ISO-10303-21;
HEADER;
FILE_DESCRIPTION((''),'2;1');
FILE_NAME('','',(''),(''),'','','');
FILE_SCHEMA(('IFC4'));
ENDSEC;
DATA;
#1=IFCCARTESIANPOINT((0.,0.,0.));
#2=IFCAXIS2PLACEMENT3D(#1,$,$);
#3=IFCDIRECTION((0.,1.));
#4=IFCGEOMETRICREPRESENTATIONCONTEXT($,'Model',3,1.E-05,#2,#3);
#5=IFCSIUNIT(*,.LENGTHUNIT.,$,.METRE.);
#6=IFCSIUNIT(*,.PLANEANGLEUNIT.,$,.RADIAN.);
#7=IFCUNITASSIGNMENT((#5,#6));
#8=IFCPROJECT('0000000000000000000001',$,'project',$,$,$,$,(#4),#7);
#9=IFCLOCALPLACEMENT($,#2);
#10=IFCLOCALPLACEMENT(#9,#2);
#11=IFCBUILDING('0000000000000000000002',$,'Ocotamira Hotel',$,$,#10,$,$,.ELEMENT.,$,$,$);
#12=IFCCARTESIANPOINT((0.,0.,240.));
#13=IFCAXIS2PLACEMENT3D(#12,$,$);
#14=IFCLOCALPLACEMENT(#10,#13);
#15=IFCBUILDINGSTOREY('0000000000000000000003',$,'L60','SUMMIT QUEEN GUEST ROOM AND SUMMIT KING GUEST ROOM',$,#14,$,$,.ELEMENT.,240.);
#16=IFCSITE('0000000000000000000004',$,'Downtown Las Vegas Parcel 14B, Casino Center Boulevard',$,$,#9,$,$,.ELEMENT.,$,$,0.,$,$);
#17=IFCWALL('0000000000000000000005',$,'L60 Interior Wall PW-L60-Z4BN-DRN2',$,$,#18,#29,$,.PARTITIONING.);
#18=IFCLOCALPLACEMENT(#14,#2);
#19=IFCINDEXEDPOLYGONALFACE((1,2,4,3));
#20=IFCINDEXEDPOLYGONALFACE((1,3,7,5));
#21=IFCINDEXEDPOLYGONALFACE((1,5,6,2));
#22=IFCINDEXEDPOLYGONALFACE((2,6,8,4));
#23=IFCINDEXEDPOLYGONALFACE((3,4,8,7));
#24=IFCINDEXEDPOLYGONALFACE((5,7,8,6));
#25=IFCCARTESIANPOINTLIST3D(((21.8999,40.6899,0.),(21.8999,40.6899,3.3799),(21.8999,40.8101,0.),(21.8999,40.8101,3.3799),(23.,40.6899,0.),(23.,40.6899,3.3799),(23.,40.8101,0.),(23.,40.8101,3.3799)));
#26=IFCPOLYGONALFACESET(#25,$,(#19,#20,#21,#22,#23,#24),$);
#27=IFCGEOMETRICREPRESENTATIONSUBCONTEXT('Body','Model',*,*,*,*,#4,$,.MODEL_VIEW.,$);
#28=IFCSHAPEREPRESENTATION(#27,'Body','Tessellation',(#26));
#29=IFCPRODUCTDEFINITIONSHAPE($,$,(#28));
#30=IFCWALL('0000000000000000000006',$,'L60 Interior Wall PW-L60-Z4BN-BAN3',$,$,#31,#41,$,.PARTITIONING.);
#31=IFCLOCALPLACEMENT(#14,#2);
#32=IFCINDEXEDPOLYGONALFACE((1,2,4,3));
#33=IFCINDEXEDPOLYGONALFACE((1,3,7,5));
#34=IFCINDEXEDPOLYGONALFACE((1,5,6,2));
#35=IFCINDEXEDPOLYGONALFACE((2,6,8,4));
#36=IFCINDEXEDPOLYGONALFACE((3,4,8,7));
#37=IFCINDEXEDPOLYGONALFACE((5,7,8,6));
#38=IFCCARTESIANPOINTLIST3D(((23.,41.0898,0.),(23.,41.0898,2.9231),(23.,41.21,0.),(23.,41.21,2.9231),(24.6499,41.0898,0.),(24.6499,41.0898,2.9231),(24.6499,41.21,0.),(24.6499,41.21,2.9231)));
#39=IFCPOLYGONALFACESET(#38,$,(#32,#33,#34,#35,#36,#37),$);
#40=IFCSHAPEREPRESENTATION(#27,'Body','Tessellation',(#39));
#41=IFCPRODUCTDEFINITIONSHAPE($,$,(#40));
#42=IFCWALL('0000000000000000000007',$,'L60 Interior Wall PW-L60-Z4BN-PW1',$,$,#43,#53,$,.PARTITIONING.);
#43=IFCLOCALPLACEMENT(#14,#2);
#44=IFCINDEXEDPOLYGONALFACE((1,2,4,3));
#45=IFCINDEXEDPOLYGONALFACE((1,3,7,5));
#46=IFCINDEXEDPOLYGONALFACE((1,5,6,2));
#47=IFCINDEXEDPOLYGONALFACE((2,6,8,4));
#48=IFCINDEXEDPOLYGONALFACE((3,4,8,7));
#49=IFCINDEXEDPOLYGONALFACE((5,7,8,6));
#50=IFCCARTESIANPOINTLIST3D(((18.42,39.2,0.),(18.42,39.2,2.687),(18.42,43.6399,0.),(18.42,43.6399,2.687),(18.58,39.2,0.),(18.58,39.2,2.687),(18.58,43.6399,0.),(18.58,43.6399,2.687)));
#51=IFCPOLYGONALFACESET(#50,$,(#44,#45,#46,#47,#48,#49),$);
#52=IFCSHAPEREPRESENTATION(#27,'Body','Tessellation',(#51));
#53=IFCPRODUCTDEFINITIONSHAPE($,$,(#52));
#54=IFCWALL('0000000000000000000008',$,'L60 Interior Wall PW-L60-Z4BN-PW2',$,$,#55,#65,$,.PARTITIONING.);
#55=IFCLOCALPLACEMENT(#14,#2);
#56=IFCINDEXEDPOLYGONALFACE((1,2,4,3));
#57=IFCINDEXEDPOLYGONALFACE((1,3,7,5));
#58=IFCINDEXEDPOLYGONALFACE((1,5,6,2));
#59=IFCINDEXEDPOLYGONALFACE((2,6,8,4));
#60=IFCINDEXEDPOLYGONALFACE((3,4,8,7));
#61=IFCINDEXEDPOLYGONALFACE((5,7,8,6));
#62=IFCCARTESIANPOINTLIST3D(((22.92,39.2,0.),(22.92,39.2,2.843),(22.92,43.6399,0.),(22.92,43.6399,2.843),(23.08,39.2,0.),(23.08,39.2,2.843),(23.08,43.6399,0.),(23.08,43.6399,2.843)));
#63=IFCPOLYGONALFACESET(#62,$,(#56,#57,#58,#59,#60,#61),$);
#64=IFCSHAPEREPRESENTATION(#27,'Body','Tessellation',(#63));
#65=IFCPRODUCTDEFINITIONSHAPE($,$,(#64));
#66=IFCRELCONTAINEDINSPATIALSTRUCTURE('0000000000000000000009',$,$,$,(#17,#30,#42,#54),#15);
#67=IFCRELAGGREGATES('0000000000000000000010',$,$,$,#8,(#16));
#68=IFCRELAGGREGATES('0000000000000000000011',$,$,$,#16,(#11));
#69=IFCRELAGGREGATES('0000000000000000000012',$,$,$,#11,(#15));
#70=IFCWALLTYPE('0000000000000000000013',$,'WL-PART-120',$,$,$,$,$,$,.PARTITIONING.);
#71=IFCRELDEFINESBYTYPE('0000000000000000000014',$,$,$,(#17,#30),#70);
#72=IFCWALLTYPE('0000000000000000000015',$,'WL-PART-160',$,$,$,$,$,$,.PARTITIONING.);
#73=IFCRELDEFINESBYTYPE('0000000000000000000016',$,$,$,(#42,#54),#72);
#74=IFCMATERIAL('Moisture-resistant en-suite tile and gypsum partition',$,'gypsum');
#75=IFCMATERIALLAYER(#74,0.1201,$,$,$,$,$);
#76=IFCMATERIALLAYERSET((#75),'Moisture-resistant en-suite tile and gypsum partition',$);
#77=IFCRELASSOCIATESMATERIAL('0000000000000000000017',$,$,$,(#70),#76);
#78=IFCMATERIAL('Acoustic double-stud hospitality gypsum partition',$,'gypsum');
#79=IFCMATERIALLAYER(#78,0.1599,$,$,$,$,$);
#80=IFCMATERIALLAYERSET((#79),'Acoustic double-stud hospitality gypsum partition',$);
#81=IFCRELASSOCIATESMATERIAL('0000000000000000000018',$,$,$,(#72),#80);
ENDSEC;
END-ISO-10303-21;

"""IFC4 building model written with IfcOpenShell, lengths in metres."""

from ifc_helpers import new_model, si_unit, direction, frame, frame_2d, origin, place, context, subcontext, project, spatial, rectangle, extrude, material, layer, layer_set, type_object, element, save


model = new_model("IFC4")

# Units and contexts
model_context = context("Model", 3, precision=1e-05, world=origin(), true_north=direction((0.0, 1.0)))
body_context = subcontext(model_context, "Body", "Model", "MODEL_VIEW")
ifc_project = project(units=[si_unit("LENGTHUNIT", "METRE"), si_unit("PLANEANGLEUNIT", "RADIAN")], contexts=[model_context])

# Site, building, storey
site_placement = place(None, origin())
site = spatial("IfcSite", under=ifc_project, at=site_placement, Name="Downtown Las Vegas Parcel 14B, Casino Center Boulevard", CompositionType="ELEMENT", RefElevation=0.0)
building_placement = place(site_placement, origin())
building = spatial("IfcBuilding", under=site, at=building_placement, Name="Ocotamira Hotel", CompositionType="ELEMENT")
storey_placement = place(building_placement, frame((0.0, 0.0, 240.0)))
storey = spatial("IfcBuildingStorey", under=building, at=storey_placement, Name="L60", Description="SUMMIT QUEEN GUEST ROOM AND SUMMIT KING GUEST ROOM", CompositionType="ELEMENT", Elevation=240.0)

# Shared definitions
ifc_material_1 = material(Name="Moisture-resistant en-suite tile and gypsum partition", Category="gypsum")
ifc_layer_1 = layer(ifc_material_1, 0.1201)
ifc_layer_set_1 = layer_set([ifc_layer_1], Name="Moisture-resistant en-suite tile and gypsum partition")
wall_type_1 = type_object("IfcWallType", Name="WL-PART-120", PredefinedType="PARTITIONING", material=ifc_layer_set_1)

# Walls
wall_1_placement = place(storey_placement, frame((21.8999, 40.75, 0.0), z_axis=(0.0, 0.0, 1.0), x_axis=(1.0, 0.0, 0.0)))
element("IfcWall", 1, at=wall_1_placement, inside=storey, type_object=wall_type_1, Name="L60 Interior Wall PW-L60-Z4BN-DRN2", PredefinedType="PARTITIONING", context=body_context, shape_type="SweptSolid", body=[
    extrude(rectangle(XDim=1.1001, YDim=0.1201, at=frame_2d((0.55, 0.0))), origin(), (0.0, 0.0, 1.0), 3.3799),
])
wall_2_placement = place(storey_placement, frame((23.0, 41.1499, 0.0), z_axis=(0.0, 0.0, 1.0), x_axis=(1.0, 0.0, 0.0)))
element("IfcWall", 2, at=wall_2_placement, inside=storey, type_object=wall_type_1, Name="L60 Interior Wall PW-L60-Z4BN-BAN3", PredefinedType="PARTITIONING", context=body_context, shape_type="SweptSolid", body=[
    extrude(rectangle(XDim=1.6499, YDim=0.1201, at=frame_2d((0.825, 0.0))), origin(), (0.0, 0.0, 1.0), 2.9231),
])
ifc_material_2 = material(Name="Acoustic double-stud hospitality gypsum partition", Category="gypsum")
ifc_layer_2 = layer(ifc_material_2, 0.1599)
ifc_layer_set_2 = layer_set([ifc_layer_2], Name="Acoustic double-stud hospitality gypsum partition")
wall_type_2 = type_object("IfcWallType", Name="WL-PART-160", PredefinedType="PARTITIONING", material=ifc_layer_set_2)
wall_3_placement = place(storey_placement, frame((18.5, 39.2, 0.0), z_axis=(0.0, 0.0, 1.0), x_axis=(0.0, 1.0, 0.0)))
element("IfcWall", 3, at=wall_3_placement, inside=storey, type_object=wall_type_2, Name="L60 Interior Wall PW-L60-Z4BN-PW1", PredefinedType="PARTITIONING", context=body_context, shape_type="SweptSolid", body=[
    extrude(rectangle(XDim=4.4399, YDim=0.1599, at=frame_2d((2.22, 0.0))), origin(), (0.0, 0.0, 1.0), 2.687),
])
wall_4_placement = place(storey_placement, frame((23.0, 39.2, 0.0), z_axis=(0.0, 0.0, 1.0), x_axis=(0.0, 1.0, 0.0)))
element("IfcWall", 4, at=wall_4_placement, inside=storey, type_object=wall_type_2, Name="L60 Interior Wall PW-L60-Z4BN-PW2", PredefinedType="PARTITIONING", context=body_context, shape_type="SweptSolid", body=[
    extrude(rectangle(XDim=4.4399, YDim=0.1599, at=frame_2d((2.22, 0.0))), origin(), (0.0, 0.0, 1.0), 2.843),
])

save(model, "model.ifc")
